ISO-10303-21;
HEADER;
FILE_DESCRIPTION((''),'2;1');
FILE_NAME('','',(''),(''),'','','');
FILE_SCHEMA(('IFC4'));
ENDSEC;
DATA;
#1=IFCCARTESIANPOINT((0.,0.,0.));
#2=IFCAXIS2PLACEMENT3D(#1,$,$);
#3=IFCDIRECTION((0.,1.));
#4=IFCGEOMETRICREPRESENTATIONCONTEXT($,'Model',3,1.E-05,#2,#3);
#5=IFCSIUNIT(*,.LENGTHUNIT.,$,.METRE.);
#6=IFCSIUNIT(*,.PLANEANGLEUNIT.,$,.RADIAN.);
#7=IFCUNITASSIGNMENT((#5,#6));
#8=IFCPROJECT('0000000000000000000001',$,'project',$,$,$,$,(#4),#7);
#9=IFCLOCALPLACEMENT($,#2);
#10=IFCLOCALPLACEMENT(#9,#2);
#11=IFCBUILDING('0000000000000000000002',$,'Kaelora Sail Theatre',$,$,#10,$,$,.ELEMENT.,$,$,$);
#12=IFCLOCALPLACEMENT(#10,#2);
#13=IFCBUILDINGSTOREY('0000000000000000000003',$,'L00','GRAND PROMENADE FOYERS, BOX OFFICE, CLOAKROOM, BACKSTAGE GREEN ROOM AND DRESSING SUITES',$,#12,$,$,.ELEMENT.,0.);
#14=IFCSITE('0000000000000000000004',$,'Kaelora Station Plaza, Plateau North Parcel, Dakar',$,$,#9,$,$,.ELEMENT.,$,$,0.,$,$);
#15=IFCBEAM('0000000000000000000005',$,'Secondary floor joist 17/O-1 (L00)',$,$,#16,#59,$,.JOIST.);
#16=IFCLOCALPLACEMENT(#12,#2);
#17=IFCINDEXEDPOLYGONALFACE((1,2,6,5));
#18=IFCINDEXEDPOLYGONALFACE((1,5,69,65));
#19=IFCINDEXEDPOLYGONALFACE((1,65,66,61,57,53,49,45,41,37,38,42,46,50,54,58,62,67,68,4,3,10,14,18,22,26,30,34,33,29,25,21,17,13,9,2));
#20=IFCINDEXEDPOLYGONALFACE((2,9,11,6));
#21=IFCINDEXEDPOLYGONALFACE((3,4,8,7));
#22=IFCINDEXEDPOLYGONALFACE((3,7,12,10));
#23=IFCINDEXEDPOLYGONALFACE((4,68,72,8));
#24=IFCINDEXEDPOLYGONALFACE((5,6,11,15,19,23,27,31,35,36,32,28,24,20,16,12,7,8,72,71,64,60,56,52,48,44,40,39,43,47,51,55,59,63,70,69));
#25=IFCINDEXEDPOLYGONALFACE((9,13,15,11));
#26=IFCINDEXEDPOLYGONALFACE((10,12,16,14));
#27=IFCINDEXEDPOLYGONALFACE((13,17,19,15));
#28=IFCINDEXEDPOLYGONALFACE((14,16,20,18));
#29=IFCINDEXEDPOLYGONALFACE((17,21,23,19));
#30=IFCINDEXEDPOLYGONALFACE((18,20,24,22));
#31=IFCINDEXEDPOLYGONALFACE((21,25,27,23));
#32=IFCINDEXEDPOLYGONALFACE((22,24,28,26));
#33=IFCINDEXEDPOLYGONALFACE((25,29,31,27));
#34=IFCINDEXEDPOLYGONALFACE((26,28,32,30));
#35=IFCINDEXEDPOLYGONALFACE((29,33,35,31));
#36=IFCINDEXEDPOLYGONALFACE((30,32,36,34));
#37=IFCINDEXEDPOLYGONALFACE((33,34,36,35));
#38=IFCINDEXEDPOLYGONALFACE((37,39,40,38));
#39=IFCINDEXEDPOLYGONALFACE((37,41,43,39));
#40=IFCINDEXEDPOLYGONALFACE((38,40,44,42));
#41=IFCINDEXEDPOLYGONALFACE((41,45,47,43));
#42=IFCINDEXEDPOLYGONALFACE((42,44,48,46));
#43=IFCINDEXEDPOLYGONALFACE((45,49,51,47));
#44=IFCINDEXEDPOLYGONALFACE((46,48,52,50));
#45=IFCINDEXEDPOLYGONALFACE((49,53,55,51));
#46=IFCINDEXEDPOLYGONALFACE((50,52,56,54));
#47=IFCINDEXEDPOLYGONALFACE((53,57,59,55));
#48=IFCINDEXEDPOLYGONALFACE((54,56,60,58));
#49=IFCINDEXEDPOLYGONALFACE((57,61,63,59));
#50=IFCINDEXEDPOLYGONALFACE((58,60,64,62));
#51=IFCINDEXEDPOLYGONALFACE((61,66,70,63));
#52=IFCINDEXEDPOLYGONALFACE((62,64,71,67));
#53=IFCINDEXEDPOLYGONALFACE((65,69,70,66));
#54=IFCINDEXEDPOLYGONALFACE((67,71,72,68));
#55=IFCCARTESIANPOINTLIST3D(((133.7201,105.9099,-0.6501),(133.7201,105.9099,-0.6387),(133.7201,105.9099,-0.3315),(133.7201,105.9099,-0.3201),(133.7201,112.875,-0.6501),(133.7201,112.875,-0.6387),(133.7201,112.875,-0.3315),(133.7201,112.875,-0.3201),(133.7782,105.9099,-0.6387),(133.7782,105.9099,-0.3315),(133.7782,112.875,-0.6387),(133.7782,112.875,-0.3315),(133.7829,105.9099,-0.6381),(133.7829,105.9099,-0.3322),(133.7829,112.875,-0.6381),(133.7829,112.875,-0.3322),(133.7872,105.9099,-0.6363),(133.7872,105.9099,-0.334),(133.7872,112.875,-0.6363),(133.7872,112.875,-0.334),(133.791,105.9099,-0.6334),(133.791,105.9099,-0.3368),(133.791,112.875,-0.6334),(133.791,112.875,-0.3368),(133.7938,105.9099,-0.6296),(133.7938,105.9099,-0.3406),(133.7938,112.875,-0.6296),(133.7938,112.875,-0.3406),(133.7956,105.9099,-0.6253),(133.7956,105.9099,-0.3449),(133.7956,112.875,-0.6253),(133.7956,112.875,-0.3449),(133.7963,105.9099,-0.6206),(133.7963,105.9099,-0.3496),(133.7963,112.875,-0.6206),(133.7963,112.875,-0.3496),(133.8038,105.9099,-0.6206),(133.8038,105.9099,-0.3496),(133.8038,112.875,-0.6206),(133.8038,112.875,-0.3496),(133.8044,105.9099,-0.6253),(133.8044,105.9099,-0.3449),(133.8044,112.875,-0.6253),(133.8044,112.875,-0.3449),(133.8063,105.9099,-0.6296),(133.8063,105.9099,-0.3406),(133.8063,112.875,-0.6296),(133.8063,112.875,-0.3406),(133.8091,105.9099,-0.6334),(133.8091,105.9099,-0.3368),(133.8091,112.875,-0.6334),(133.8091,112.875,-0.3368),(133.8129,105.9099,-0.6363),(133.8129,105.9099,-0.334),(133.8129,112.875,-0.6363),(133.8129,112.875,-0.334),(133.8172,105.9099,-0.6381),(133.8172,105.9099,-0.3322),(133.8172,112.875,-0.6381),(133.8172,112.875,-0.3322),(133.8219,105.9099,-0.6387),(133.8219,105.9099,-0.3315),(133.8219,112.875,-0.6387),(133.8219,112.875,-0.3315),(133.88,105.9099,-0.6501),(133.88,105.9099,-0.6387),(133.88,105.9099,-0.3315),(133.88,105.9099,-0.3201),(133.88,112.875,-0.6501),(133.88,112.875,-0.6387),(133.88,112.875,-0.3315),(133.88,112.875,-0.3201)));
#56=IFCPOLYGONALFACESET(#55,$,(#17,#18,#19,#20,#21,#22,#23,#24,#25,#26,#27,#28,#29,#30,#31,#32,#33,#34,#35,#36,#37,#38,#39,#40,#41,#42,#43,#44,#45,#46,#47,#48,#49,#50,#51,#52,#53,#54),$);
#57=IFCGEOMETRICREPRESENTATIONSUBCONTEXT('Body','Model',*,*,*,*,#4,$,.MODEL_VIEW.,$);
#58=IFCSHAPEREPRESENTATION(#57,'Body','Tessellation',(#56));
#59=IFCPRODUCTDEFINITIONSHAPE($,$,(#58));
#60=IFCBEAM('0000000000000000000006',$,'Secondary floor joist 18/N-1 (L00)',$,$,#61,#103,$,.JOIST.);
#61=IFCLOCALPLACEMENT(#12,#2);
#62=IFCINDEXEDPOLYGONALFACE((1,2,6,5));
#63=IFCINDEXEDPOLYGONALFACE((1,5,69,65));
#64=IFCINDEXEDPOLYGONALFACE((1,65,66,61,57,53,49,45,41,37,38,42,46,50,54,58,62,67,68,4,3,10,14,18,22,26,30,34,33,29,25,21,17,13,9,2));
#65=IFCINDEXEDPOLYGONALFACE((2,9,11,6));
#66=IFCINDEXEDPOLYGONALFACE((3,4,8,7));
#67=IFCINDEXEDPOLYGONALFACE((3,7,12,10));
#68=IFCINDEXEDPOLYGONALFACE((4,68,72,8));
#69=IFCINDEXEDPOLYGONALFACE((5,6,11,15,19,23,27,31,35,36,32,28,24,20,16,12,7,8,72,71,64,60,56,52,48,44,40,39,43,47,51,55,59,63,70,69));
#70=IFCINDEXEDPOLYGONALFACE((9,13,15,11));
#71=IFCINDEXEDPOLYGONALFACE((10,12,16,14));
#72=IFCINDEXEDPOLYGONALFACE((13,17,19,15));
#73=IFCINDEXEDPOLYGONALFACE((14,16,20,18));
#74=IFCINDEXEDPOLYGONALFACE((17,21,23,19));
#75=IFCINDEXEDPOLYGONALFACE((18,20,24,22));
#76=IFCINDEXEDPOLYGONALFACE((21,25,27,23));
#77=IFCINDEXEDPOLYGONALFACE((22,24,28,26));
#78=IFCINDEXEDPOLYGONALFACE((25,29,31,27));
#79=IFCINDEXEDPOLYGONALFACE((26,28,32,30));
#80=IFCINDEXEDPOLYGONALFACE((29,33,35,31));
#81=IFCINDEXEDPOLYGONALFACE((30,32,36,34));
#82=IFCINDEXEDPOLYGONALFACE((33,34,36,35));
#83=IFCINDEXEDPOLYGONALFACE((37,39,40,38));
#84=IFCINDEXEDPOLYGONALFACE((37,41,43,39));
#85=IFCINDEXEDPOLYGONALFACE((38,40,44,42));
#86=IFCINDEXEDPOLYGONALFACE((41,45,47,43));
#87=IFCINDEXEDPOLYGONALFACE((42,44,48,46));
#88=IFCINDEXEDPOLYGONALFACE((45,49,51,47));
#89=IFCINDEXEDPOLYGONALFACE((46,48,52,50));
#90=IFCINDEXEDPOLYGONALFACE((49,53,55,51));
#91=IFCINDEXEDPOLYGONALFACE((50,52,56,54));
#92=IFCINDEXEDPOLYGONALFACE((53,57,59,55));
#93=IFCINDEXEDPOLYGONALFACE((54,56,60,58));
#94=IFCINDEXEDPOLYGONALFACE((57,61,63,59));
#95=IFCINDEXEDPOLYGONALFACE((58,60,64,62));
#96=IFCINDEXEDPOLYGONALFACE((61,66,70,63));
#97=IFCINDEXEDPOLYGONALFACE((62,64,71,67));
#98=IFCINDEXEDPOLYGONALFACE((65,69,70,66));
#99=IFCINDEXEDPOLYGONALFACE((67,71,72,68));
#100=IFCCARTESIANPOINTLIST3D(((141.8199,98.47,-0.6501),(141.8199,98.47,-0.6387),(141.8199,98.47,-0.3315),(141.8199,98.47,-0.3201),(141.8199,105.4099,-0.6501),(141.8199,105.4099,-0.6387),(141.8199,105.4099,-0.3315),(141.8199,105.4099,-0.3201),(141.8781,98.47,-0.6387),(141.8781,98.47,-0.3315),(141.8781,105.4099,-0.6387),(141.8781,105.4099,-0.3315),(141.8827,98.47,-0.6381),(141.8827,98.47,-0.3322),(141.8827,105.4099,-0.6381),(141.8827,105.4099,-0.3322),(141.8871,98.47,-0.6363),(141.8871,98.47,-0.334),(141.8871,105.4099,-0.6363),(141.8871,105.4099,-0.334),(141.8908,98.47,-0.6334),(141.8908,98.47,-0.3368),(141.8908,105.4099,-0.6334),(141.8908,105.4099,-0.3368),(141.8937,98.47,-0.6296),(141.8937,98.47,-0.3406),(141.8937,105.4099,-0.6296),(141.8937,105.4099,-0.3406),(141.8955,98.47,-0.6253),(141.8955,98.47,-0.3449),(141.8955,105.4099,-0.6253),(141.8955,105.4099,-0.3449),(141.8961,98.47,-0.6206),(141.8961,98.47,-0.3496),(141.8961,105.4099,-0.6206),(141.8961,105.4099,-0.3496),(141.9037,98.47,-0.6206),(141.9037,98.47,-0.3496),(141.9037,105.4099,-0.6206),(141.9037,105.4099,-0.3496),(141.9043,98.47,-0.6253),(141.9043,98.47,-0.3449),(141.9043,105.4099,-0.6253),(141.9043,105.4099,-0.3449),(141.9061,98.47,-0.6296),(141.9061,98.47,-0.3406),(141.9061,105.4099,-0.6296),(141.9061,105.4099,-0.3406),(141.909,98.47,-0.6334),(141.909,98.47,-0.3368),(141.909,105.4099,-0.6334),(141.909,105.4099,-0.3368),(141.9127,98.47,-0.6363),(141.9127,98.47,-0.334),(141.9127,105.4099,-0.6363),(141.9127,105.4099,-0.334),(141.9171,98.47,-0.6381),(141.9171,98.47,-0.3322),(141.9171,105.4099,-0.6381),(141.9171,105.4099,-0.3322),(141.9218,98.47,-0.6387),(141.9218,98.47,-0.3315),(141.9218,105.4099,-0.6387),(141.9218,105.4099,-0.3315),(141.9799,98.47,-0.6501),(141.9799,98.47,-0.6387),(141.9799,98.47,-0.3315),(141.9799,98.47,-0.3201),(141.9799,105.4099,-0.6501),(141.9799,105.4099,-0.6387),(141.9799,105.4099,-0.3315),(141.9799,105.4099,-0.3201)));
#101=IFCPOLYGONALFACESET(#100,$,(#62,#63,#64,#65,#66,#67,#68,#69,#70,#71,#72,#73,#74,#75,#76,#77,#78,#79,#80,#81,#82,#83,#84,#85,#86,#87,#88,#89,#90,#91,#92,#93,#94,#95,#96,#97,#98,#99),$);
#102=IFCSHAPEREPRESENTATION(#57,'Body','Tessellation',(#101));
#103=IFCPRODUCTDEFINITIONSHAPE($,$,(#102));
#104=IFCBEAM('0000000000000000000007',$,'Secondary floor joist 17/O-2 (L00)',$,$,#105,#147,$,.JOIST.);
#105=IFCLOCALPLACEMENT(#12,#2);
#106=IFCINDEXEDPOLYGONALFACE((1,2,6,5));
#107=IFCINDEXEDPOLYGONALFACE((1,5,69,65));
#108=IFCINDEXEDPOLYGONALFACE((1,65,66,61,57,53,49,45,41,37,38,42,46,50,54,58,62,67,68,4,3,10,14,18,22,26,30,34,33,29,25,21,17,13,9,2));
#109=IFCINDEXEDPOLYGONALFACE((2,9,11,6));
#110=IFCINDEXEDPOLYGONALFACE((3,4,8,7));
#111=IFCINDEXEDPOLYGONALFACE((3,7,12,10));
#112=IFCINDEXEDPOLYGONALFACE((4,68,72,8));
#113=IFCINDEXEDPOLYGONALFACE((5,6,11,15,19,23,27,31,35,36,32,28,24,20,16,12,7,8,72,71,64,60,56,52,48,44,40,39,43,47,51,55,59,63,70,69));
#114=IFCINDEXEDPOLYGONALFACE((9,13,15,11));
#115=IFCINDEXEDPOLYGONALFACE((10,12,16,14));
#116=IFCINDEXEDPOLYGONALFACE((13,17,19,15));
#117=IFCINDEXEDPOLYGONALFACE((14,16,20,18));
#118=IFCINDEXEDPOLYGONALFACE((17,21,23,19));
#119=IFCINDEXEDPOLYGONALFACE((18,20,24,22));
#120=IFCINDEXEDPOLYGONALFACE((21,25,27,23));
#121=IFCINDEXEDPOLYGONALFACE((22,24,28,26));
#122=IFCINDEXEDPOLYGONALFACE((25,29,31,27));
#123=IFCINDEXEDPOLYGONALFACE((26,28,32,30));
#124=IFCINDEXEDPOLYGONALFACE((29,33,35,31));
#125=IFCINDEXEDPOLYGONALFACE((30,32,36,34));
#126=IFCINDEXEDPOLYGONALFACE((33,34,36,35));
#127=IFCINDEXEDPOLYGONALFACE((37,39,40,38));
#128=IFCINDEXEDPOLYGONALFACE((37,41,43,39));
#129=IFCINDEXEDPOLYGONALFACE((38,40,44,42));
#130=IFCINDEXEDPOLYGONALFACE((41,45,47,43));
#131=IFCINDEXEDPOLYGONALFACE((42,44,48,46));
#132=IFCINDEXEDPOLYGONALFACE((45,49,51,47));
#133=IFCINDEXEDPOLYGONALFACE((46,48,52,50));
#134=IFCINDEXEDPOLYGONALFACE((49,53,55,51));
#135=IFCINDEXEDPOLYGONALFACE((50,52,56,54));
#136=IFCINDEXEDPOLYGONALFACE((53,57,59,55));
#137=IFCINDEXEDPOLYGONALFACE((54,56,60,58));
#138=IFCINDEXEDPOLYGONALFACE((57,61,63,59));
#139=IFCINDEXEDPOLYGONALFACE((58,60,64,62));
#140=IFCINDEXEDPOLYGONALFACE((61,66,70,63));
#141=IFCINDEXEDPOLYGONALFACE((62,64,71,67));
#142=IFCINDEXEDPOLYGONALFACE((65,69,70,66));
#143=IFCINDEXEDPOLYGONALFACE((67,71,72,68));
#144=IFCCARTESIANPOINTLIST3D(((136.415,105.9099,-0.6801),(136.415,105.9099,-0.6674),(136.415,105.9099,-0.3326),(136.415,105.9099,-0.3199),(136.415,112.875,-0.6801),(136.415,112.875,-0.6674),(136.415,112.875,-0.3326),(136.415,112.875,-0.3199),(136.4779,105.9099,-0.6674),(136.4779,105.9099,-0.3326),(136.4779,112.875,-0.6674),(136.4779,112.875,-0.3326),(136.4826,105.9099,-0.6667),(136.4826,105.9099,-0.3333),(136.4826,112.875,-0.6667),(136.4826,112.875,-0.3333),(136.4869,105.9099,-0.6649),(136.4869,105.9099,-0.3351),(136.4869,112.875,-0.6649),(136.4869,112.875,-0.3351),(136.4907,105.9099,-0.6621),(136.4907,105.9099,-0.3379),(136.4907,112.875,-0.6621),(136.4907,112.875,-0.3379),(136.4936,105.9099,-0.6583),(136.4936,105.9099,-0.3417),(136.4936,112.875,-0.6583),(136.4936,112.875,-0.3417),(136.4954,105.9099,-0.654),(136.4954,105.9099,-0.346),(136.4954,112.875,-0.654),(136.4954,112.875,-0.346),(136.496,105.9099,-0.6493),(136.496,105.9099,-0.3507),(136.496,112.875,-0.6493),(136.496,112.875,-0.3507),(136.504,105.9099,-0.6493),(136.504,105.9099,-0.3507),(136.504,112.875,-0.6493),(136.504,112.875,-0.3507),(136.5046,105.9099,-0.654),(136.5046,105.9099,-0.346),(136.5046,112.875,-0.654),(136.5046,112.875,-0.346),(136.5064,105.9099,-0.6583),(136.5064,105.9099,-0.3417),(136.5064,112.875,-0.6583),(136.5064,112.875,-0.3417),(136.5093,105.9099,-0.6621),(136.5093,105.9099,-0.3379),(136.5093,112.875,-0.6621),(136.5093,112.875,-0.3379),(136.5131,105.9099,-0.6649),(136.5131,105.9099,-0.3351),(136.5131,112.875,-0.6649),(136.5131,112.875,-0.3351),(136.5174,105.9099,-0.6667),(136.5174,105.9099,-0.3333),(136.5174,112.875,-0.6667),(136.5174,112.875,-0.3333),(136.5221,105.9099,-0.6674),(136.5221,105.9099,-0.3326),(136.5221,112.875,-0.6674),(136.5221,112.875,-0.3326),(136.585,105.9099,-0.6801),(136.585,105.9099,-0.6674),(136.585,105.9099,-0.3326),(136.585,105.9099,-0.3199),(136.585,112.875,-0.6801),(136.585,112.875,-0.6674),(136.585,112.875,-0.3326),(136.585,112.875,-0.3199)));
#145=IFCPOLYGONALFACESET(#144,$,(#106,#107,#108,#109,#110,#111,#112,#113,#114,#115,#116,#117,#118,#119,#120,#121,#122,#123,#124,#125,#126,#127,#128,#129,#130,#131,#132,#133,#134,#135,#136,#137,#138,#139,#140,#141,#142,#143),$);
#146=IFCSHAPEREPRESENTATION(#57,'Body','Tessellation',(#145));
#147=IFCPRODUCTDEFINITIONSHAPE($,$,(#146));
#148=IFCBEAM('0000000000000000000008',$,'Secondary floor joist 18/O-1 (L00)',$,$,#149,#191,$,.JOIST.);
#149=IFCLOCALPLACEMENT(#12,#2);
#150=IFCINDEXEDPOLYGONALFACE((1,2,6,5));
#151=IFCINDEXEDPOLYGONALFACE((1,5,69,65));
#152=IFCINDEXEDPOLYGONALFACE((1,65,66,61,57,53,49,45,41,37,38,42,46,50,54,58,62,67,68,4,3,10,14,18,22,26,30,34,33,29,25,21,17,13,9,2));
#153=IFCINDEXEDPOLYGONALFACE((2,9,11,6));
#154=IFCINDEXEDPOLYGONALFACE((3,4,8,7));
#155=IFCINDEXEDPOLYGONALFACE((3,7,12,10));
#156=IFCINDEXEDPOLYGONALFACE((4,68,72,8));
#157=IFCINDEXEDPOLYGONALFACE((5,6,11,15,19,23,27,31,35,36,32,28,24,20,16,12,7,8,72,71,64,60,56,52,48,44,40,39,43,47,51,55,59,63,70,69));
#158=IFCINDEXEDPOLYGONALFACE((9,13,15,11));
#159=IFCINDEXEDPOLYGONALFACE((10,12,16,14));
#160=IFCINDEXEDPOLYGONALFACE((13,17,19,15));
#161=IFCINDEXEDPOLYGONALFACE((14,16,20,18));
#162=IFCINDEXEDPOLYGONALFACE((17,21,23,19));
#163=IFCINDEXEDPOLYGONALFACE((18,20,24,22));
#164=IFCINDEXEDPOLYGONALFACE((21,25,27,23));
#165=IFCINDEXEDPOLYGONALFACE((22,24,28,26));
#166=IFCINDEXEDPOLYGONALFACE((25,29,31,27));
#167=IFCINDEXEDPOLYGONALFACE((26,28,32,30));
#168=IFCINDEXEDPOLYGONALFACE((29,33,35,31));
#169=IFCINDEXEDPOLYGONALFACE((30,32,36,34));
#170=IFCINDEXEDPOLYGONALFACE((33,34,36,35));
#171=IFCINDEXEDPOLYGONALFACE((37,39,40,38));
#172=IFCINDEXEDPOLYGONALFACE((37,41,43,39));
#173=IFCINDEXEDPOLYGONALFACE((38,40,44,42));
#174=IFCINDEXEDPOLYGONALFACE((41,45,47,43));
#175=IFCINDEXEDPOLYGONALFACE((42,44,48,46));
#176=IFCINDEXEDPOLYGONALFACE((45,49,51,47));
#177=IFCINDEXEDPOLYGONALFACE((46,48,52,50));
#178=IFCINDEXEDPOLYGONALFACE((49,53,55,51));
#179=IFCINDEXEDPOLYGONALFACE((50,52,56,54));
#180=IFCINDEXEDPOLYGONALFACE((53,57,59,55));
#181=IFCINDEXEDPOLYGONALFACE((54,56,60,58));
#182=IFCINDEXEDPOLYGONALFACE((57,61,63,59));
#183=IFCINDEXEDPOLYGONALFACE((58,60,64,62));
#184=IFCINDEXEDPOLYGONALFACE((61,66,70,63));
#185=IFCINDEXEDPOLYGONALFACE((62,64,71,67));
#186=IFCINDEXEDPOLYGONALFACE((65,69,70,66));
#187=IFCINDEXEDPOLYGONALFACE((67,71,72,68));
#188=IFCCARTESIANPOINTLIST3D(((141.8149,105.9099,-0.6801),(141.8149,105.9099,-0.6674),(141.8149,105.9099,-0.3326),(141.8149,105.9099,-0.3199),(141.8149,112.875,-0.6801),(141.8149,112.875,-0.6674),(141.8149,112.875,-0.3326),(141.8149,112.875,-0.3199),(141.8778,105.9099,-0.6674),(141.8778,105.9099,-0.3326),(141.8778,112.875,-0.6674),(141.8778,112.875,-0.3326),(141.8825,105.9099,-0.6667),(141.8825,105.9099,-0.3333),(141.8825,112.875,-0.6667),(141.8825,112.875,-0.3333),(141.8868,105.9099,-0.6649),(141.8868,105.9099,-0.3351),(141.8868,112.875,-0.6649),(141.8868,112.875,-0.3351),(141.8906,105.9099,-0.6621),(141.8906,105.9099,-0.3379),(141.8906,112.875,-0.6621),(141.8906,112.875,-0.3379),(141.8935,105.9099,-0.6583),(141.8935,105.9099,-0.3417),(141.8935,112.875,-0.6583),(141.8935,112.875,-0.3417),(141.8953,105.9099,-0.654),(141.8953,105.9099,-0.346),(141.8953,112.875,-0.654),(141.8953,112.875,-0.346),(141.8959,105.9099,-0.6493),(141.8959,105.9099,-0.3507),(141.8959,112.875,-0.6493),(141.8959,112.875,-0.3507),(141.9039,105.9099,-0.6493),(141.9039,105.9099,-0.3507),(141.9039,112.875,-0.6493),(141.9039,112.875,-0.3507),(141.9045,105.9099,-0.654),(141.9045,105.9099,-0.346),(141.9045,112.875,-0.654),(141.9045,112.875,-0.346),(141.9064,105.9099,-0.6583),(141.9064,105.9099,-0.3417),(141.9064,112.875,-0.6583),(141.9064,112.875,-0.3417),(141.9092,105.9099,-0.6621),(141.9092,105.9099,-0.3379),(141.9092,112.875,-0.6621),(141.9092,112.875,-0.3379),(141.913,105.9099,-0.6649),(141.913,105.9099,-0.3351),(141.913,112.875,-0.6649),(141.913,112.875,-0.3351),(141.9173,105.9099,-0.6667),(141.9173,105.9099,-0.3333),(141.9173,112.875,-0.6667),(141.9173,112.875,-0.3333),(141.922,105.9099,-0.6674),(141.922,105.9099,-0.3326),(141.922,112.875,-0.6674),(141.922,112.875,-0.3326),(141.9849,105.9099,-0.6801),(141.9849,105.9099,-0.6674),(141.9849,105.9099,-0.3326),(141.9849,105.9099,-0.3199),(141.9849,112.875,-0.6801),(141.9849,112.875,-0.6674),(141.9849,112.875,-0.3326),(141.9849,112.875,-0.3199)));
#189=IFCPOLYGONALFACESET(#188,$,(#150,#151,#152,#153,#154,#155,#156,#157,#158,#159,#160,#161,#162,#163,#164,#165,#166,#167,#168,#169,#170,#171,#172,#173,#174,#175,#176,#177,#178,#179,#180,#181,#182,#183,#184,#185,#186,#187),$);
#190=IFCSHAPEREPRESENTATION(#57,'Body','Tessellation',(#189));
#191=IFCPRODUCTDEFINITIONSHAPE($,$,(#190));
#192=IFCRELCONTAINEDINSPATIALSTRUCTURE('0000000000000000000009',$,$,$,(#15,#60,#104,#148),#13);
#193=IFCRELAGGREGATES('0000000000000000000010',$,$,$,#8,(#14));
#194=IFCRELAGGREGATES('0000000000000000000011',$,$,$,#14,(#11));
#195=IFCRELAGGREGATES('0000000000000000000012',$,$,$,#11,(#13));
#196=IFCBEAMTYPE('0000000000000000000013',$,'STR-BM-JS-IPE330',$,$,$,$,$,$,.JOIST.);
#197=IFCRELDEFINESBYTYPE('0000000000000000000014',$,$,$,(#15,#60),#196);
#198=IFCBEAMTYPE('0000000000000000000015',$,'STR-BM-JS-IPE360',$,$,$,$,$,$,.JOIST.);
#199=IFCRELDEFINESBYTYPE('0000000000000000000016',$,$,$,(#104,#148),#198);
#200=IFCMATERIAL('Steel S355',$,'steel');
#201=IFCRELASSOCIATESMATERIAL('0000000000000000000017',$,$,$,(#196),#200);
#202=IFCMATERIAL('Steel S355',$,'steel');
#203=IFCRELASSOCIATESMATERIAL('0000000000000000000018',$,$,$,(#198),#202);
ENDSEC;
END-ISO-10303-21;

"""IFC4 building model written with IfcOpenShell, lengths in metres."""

from ifc_helpers import new_model, si_unit, direction, frame, origin, origin_2d, place, context, subcontext, project, spatial, i_section, extrude, material, material_profile, profile_set, type_object, element, save


model = new_model("IFC4")

# Units and contexts
model_context = context("Model", 3, precision=1e-05, world=origin(), true_north=direction((0.0, 1.0)))
body_context = subcontext(model_context, "Body", "Model", "MODEL_VIEW")
ifc_project = project(units=[si_unit("LENGTHUNIT", "METRE"), si_unit("PLANEANGLEUNIT", "RADIAN")], contexts=[model_context])

# Site, building, storey
site_placement = place(None, origin())
site = spatial("IfcSite", under=ifc_project, at=site_placement, Name="Kaelora Station Plaza, Plateau North Parcel, Dakar", CompositionType="ELEMENT", RefElevation=0.0)
building_placement = place(site_placement, origin())
building = spatial("IfcBuilding", under=site, at=building_placement, Name="Kaelora Sail Theatre", CompositionType="ELEMENT")
storey_placement = place(building_placement, origin())
storey = spatial("IfcBuildingStorey", under=building, at=storey_placement, Name="L00", Description="GRAND PROMENADE FOYERS, BOX OFFICE, CLOAKROOM, BACKSTAGE GREEN ROOM AND DRESSING SUITES", CompositionType="ELEMENT", Elevation=0.0)

# Beams
ifc_material_1 = material(Name="Steel S355", Category="steel")
ifc_material_profile_1 = material_profile(ifc_material_1, i_section(OverallWidth=0.1599, OverallDepth=0.3301, WebThickness=0.0076, FlangeThickness=0.0115, FilletRadius=0.0181, at=origin_2d()), Name="IPE 330")
ifc_profile_set_1 = profile_set([ifc_material_profile_1], Name="Steel S355")
beam_type_1 = type_object("IfcBeamType", Name="STR-BM-JS-IPE330", PredefinedType="JOIST", material=ifc_profile_set_1)
beam_1_placement = place(storey_placement, frame((133.8, 105.9099, -0.4851), z_axis=(0.0, 1.0, 0.0), x_axis=(-1.0, 0.0, 0.0)))
element("IfcBeam", 1, at=beam_1_placement, inside=storey, type_object=beam_type_1, Name="Secondary floor joist 17/O-1 (L00)", PredefinedType="JOIST", context=body_context, shape_type="SweptSolid", body=[
    extrude(i_section(OverallWidth=0.1599, OverallDepth=0.3301, WebThickness=0.0076, FlangeThickness=0.0115, FilletRadius=0.0181, at=origin_2d()), origin(), (0.0, 0.0, 1.0), 6.9651),
])
beam_2_placement = place(storey_placement, frame((141.8999, 98.47, -0.4851), z_axis=(0.0, 1.0, 0.0), x_axis=(-1.0, 0.0, 0.0)))
element("IfcBeam", 2, at=beam_2_placement, inside=storey, type_object=beam_type_1, Name="Secondary floor joist 18/N-1 (L00)", PredefinedType="JOIST", context=body_context, shape_type="SweptSolid", body=[
    extrude(i_section(OverallWidth=0.1599, OverallDepth=0.3301, WebThickness=0.0076, FlangeThickness=0.0115, FilletRadius=0.0181, at=origin_2d()), origin(), (0.0, 0.0, 1.0), 6.9399),
])
ifc_material_2 = material(Name="Steel S355", Category="steel")
ifc_material_profile_2 = material_profile(ifc_material_2, i_section(OverallWidth=0.1699, OverallDepth=0.3601, WebThickness=0.0081, FlangeThickness=0.0127, FilletRadius=0.0181, at=origin_2d()), Name="IPE 360")
ifc_profile_set_2 = profile_set([ifc_material_profile_2], Name="Steel S355")
beam_type_2 = type_object("IfcBeamType", Name="STR-BM-JS-IPE360", PredefinedType="JOIST", material=ifc_profile_set_2)
for number, where, z_axis, x_axis, name in (
    (3, (136.5, 105.9099, -0.5), (0.0, 1.0, 0.0), (-1.0, 0.0, 0.0), "Secondary floor joist 17/O-2 (L00)"),
    (4, (141.8999, 105.9099, -0.5), (0.0, 1.0, 0.0), (-1.0, 0.0, 0.0), "Secondary floor joist 18/O-1 (L00)"),
):
    element("IfcBeam", number, at=place(storey_placement, frame(where, z_axis=z_axis, x_axis=x_axis)), inside=storey, type_object=beam_type_2, Name=name, PredefinedType="JOIST", context=body_context, shape_type="SweptSolid", body=[
        extrude(i_section(OverallWidth=0.1699, OverallDepth=0.3601, WebThickness=0.0081, FlangeThickness=0.0127, FilletRadius=0.0181, at=origin_2d()), origin(), (0.0, 0.0, 1.0), 6.9651),
    ])

save(model, "model.ifc")
